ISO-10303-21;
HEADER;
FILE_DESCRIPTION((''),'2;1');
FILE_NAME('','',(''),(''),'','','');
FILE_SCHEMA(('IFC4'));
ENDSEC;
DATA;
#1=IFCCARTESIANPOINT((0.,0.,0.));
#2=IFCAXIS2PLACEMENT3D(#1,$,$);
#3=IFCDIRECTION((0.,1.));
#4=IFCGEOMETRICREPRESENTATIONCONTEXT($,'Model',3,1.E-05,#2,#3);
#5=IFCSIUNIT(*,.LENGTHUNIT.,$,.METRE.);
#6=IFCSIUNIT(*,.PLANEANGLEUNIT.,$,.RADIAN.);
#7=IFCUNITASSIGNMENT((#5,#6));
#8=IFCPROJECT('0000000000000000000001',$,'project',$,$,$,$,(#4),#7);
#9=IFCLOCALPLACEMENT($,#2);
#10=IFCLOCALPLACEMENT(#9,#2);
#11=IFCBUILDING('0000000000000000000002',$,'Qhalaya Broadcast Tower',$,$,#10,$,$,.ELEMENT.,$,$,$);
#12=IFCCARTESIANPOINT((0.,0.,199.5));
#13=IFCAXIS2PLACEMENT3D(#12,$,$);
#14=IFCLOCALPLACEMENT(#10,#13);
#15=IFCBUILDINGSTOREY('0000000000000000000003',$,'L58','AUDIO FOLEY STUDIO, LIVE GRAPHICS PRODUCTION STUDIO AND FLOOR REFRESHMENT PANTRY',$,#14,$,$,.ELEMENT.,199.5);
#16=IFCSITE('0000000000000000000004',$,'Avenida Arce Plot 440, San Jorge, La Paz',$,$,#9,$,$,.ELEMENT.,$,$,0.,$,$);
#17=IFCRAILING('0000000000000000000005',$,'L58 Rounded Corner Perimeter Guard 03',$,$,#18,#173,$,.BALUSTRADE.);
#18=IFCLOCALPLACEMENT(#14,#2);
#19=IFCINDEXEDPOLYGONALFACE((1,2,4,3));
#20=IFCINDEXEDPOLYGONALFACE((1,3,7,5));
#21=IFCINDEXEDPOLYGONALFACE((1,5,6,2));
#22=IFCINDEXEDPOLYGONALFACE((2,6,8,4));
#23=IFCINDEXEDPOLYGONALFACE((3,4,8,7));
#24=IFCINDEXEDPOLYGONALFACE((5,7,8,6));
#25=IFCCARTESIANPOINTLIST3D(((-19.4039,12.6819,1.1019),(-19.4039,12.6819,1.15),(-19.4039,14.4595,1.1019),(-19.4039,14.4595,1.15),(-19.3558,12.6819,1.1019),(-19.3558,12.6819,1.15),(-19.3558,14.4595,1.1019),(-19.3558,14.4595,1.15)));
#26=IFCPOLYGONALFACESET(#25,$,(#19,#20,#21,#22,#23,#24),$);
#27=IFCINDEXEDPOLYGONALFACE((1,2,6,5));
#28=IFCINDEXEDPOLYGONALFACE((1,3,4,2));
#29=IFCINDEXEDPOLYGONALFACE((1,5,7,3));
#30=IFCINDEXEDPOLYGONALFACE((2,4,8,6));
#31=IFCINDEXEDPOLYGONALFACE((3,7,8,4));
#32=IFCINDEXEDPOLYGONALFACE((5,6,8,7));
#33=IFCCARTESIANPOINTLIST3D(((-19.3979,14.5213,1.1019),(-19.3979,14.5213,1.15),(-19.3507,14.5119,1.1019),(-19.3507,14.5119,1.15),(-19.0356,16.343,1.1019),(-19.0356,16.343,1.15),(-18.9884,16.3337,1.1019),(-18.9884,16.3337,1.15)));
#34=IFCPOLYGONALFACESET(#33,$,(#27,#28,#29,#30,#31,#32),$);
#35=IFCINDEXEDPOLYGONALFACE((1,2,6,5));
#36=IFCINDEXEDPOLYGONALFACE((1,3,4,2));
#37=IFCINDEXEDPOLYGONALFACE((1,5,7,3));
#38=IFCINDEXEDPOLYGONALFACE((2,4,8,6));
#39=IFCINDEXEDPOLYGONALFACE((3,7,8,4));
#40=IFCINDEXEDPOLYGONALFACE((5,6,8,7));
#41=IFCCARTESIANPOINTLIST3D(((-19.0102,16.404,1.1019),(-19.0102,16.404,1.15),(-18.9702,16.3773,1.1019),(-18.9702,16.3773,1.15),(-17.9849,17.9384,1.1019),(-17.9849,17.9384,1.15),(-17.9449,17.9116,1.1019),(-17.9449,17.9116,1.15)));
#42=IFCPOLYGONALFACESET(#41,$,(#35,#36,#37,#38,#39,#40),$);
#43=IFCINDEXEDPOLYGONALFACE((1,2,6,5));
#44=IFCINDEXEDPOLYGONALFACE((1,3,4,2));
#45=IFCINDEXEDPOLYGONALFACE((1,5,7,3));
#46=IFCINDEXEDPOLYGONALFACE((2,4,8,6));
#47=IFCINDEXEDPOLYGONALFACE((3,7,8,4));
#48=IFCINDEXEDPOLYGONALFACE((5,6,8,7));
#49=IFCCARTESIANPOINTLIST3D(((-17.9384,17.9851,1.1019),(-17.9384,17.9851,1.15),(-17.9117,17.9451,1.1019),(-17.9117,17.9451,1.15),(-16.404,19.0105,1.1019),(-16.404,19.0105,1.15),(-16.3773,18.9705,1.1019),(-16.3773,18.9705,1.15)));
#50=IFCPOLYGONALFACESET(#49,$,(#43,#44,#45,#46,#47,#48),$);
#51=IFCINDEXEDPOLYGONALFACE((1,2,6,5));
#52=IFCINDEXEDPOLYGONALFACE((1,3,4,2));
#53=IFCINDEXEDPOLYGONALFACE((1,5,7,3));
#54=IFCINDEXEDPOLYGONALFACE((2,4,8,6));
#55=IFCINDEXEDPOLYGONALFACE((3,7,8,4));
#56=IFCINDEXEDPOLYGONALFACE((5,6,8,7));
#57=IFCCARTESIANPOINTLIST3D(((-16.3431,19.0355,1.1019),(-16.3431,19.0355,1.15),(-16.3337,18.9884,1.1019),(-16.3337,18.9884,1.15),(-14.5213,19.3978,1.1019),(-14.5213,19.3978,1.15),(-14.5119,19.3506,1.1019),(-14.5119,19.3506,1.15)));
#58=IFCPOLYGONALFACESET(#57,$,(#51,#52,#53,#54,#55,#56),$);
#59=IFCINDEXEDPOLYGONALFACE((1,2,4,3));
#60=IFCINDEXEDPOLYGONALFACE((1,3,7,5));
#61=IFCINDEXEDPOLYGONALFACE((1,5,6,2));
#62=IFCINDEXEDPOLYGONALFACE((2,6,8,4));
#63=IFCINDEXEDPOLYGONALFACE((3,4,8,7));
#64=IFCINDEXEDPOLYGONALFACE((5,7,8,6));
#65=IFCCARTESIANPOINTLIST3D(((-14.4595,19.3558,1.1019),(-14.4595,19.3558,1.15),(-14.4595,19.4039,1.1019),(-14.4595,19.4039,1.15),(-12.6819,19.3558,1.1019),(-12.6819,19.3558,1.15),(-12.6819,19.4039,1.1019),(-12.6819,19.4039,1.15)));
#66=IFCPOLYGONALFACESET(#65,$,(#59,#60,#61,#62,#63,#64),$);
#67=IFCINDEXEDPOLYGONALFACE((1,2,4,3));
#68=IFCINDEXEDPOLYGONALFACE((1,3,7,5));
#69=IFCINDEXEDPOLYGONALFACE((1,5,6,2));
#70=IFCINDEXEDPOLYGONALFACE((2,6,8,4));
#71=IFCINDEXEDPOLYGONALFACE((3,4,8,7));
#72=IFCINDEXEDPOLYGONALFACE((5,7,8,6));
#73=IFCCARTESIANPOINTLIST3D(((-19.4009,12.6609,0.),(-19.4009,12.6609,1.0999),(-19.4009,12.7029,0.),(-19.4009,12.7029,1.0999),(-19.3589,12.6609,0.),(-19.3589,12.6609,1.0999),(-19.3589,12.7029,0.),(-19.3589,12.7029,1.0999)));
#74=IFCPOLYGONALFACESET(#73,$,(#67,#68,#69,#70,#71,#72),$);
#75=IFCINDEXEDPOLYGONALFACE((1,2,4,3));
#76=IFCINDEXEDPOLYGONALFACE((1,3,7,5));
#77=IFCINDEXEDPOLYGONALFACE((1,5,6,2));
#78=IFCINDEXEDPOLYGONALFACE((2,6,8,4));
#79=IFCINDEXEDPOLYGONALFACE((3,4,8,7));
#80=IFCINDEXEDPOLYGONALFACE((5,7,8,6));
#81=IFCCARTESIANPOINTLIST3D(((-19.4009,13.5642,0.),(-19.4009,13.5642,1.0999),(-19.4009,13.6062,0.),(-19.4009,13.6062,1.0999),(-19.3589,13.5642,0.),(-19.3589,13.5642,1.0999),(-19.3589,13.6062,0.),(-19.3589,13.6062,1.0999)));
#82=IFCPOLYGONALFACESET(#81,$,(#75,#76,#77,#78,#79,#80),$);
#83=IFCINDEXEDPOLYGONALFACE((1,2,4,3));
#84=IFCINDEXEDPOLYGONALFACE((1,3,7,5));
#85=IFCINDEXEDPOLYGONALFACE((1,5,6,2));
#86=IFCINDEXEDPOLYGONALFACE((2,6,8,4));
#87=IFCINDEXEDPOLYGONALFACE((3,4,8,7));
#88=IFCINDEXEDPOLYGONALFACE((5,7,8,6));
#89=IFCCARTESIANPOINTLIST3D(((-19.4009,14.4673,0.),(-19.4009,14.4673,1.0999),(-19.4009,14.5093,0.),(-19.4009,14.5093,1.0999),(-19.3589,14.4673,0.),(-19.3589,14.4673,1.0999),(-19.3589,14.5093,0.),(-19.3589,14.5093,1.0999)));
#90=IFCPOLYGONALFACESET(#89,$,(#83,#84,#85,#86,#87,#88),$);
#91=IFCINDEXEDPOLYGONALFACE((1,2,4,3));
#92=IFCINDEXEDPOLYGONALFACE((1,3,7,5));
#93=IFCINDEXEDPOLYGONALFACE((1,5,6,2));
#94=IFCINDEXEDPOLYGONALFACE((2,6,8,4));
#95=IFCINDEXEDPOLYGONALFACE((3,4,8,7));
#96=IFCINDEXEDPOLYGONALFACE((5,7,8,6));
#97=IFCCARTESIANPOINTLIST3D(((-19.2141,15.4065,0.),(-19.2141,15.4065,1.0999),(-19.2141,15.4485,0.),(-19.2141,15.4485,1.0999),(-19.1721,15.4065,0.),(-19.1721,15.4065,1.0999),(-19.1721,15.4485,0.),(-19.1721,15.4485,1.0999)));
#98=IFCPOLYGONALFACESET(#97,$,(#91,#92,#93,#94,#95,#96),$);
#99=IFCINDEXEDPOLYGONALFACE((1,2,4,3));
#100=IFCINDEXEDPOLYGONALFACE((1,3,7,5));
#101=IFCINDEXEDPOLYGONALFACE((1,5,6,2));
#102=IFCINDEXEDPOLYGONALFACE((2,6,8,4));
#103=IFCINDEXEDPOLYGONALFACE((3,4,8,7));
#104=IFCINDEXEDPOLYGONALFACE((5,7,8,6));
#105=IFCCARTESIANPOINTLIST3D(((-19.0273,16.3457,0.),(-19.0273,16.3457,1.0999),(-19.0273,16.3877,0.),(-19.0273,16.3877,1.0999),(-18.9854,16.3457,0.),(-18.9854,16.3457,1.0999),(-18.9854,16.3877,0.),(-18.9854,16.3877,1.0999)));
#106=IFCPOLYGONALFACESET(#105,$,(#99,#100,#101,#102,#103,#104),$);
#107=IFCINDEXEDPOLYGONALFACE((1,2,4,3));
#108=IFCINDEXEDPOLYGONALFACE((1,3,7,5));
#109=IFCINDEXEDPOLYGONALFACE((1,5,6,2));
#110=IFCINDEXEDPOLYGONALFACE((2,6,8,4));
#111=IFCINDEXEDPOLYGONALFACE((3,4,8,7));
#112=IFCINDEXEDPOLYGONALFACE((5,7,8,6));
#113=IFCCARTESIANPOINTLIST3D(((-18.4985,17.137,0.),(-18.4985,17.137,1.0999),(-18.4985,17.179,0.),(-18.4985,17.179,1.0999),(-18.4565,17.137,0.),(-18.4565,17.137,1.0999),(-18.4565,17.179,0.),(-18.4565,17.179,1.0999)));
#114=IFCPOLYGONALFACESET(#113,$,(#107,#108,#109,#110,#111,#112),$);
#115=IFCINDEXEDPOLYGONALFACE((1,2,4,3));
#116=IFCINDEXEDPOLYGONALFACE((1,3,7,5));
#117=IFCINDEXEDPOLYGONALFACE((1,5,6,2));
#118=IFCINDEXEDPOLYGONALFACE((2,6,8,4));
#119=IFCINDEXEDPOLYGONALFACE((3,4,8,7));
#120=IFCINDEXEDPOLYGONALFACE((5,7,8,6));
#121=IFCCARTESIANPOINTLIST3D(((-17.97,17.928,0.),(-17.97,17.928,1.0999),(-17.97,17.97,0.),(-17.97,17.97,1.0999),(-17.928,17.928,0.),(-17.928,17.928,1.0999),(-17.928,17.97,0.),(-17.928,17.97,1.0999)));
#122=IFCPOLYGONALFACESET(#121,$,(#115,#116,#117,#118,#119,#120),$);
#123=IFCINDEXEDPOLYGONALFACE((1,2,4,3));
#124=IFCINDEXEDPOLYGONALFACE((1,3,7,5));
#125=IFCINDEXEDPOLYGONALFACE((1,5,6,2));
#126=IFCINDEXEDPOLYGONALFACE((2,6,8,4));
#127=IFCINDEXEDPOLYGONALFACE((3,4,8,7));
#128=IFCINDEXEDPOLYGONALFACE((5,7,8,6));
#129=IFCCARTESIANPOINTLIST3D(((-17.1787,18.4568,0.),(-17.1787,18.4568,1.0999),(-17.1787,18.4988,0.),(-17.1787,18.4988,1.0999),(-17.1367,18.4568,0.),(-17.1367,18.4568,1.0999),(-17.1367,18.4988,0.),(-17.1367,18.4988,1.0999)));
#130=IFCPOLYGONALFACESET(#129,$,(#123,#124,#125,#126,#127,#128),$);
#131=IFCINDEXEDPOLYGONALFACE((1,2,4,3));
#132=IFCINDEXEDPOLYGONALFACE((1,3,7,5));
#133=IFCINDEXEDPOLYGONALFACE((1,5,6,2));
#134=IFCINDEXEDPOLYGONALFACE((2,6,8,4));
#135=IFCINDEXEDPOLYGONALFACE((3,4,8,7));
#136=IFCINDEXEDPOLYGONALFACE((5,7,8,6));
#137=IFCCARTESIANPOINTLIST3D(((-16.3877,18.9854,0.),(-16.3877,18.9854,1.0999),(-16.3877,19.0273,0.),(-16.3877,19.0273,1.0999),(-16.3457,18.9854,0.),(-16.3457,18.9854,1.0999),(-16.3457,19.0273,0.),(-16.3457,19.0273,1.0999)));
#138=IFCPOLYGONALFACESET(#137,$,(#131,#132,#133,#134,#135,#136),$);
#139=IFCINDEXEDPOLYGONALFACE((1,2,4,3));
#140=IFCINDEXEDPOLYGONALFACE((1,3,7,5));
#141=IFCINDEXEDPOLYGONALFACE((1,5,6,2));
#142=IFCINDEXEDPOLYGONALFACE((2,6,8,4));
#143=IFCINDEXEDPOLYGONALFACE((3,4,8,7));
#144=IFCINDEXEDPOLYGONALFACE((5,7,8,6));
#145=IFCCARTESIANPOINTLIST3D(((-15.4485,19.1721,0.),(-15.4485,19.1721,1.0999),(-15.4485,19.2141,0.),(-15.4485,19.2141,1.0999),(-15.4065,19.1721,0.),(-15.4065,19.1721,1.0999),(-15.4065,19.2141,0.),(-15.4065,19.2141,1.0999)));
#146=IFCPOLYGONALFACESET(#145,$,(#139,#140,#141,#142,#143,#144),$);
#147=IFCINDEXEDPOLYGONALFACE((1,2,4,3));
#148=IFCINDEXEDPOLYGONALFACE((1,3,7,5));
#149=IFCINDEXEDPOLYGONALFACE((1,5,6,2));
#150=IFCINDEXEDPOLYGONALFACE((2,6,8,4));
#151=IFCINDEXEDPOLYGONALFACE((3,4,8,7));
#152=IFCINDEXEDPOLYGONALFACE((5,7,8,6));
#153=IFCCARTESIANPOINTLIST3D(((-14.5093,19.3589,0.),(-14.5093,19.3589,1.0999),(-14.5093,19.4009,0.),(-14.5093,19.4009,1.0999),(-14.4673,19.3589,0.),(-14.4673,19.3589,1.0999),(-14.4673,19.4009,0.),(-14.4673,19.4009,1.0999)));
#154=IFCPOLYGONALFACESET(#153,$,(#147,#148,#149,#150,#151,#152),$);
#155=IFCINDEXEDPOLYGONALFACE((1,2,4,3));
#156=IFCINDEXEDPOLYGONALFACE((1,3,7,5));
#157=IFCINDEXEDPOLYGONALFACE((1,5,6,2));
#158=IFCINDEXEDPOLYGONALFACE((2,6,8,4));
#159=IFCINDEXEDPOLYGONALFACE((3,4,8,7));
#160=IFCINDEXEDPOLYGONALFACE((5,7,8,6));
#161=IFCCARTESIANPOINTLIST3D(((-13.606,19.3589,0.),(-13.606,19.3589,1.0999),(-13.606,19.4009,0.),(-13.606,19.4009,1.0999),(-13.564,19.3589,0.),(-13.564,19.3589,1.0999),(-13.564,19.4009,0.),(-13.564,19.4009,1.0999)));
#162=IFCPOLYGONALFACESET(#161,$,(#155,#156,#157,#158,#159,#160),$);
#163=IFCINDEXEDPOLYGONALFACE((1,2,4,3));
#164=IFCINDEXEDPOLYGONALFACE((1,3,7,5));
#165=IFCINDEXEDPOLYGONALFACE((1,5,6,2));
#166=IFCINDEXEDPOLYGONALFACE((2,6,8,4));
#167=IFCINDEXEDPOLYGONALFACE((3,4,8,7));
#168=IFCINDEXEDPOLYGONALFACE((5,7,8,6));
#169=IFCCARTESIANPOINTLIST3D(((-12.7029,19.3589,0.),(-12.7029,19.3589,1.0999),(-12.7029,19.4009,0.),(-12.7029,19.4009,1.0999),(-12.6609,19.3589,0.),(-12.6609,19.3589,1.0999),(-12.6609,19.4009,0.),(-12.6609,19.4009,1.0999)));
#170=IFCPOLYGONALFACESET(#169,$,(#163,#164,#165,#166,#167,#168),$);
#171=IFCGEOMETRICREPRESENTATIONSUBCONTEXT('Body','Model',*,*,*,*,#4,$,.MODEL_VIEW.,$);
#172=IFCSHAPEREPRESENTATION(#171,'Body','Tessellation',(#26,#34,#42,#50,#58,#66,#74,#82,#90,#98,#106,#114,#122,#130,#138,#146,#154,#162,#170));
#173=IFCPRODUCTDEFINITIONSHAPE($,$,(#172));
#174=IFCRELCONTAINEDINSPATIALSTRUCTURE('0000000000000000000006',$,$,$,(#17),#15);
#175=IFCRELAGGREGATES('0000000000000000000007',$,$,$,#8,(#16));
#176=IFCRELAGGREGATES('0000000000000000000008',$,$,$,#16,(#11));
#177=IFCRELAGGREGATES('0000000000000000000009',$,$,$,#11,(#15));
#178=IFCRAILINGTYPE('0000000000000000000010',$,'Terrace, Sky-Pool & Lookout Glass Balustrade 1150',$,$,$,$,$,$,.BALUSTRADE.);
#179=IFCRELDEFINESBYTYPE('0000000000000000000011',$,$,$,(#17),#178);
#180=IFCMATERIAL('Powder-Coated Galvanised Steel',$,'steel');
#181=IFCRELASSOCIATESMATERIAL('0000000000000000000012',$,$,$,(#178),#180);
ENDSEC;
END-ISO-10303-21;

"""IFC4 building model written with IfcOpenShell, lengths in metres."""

from ifc_helpers import new_model, si_unit, direction, frame, origin, origin_2d, place, context, subcontext, project, spatial, rectangle, extrude, material, type_object, element, save


model = new_model("IFC4")

# Units and contexts
model_context = context("Model", 3, precision=1e-05, world=origin(), true_north=direction((0.0, 1.0)))
body_context = subcontext(model_context, "Body", "Model", "MODEL_VIEW")
ifc_project = project(units=[si_unit("LENGTHUNIT", "METRE"), si_unit("PLANEANGLEUNIT", "RADIAN")], contexts=[model_context])

# Site, building, storey
site_placement = place(None, origin())
site = spatial("IfcSite", under=ifc_project, at=site_placement, Name="Avenida Arce Plot 440, San Jorge, La Paz", CompositionType="ELEMENT", RefElevation=0.0)
building_placement = place(site_placement, origin())
building = spatial("IfcBuilding", under=site, at=building_placement, Name="Qhalaya Broadcast Tower", CompositionType="ELEMENT")
storey_placement = place(building_placement, frame((0.0, 0.0, 199.5)))
storey = spatial("IfcBuildingStorey", under=building, at=storey_placement, Name="L58", Description="AUDIO FOLEY STUDIO, LIVE GRAPHICS PRODUCTION STUDIO AND FLOOR REFRESHMENT PANTRY", CompositionType="ELEMENT", Elevation=199.5)

# Railing
ifc_material_1 = material(Name="Powder-Coated Galvanised Steel", Category="steel")
railing_type = type_object("IfcRailingType", Name="Terrace, Sky-Pool & Lookout Glass Balustrade 1150", PredefinedType="BALUSTRADE", material=ifc_material_1)
railing_placement = place(storey_placement, frame((-19.3799, 12.6819, 0.0)))
element("IfcRailing", 1, at=railing_placement, inside=storey, type_object=railing_type, Name="L58 Rounded Corner Perimeter Guard 03", PredefinedType="BALUSTRADE", context=body_context, shape_type="SweptSolid", body=[
    extrude(rectangle(XDim=0.0481, YDim=0.0481, at=origin_2d()), frame((0.0, 0.0, 1.126), z_axis=(0.0, 1.0, 0.0), x_axis=(-1.0, 0.0, 0.0)), (0.0, 0.0, 1.0), 1.7776),
    extrude(rectangle(XDim=0.0481, YDim=0.0481, at=origin_2d()), frame((0.0056, 1.8347, 1.126), z_axis=(0.195037, 0.980796, 0.0), x_axis=(-0.980796, 0.195037, 0.0)), (0.0, 0.0, 1.0), 1.8574),
    extrude(rectangle(XDim=0.0481, YDim=0.0481, at=origin_2d()), frame((0.3896, 3.7087, 1.126), z_axis=(0.555618, 0.831438, 0.0), x_axis=(-0.831438, 0.555618, 0.0)), (0.0, 0.0, 1.0), 1.8455),
    extrude(rectangle(XDim=0.0481, YDim=0.0481, at=origin_2d()), frame((1.4548, 5.2832, 1.126), z_axis=(0.831438, 0.555618, 0.0), x_axis=(-0.555618, 0.831438, 0.0)), (0.0, 0.0, 1.0), 1.8455),
    extrude(rectangle(XDim=0.0481, YDim=0.0481, at=origin_2d()), frame((3.0415, 6.3301, 1.126), z_axis=(0.980796, 0.195037, 0.0), x_axis=(-0.195037, 0.980796, 0.0)), (0.0, 0.0, 1.0), 1.8574),
    extrude(rectangle(XDim=0.0481, YDim=0.0481, at=origin_2d()), frame((4.9204, 6.698, 1.126), z_axis=(1.0, 0.0, 0.0), x_axis=(0.0, 1.0, 0.0)), (0.0, 0.0, 1.0), 1.7776),
    extrude(rectangle(XDim=0.042, YDim=0.042, at=origin_2d()), origin(), (0.0, 0.0, 1.0), 1.0999),
    extrude(rectangle(XDim=0.042, YDim=0.042, at=origin_2d()), frame((0.0, 0.9033, 0.0)), (0.0, 0.0, 1.0), 1.0999),
    extrude(rectangle(XDim=0.042, YDim=0.042, at=origin_2d()), frame((0.0, 1.8064, 0.0)), (0.0, 0.0, 1.0), 1.0999),
    extrude(rectangle(XDim=0.042, YDim=0.042, at=origin_2d()), frame((0.1868, 2.7456, 0.0)), (0.0, 0.0, 1.0), 1.0999),
    extrude(rectangle(XDim=0.042, YDim=0.042, at=origin_2d()), frame((0.3735, 3.6848, 0.0)), (0.0, 0.0, 1.0), 1.0999),
    extrude(rectangle(XDim=0.042, YDim=0.042, at=origin_2d()), frame((0.9023, 4.4761, 0.0)), (0.0, 0.0, 1.0), 1.0999),
    extrude(rectangle(XDim=0.042, YDim=0.042, at=origin_2d()), frame((1.4309, 5.2671, 0.0)), (0.0, 0.0, 1.0), 1.0999),
    extrude(rectangle(XDim=0.042, YDim=0.042, at=origin_2d()), frame((2.2222, 5.7959, 0.0)), (0.0, 0.0, 1.0), 1.0999),
    extrude(rectangle(XDim=0.042, YDim=0.042, at=origin_2d()), frame((3.0132, 6.3245, 0.0)), (0.0, 0.0, 1.0), 1.0999),
    extrude(rectangle(XDim=0.042, YDim=0.042, at=origin_2d()), frame((3.9524, 6.5112, 0.0)), (0.0, 0.0, 1.0), 1.0999),
    extrude(rectangle(XDim=0.042, YDim=0.042, at=origin_2d()), frame((4.8916, 6.698, 0.0)), (0.0, 0.0, 1.0), 1.0999),
    extrude(rectangle(XDim=0.042, YDim=0.042, at=origin_2d()), frame((5.7949, 6.698, 0.0)), (0.0, 0.0, 1.0), 1.0999),
    extrude(rectangle(XDim=0.042, YDim=0.042, at=origin_2d()), frame((6.698, 6.698, 0.0)), (0.0, 0.0, 1.0), 1.0999),
])

save(model, "model.ifc")
